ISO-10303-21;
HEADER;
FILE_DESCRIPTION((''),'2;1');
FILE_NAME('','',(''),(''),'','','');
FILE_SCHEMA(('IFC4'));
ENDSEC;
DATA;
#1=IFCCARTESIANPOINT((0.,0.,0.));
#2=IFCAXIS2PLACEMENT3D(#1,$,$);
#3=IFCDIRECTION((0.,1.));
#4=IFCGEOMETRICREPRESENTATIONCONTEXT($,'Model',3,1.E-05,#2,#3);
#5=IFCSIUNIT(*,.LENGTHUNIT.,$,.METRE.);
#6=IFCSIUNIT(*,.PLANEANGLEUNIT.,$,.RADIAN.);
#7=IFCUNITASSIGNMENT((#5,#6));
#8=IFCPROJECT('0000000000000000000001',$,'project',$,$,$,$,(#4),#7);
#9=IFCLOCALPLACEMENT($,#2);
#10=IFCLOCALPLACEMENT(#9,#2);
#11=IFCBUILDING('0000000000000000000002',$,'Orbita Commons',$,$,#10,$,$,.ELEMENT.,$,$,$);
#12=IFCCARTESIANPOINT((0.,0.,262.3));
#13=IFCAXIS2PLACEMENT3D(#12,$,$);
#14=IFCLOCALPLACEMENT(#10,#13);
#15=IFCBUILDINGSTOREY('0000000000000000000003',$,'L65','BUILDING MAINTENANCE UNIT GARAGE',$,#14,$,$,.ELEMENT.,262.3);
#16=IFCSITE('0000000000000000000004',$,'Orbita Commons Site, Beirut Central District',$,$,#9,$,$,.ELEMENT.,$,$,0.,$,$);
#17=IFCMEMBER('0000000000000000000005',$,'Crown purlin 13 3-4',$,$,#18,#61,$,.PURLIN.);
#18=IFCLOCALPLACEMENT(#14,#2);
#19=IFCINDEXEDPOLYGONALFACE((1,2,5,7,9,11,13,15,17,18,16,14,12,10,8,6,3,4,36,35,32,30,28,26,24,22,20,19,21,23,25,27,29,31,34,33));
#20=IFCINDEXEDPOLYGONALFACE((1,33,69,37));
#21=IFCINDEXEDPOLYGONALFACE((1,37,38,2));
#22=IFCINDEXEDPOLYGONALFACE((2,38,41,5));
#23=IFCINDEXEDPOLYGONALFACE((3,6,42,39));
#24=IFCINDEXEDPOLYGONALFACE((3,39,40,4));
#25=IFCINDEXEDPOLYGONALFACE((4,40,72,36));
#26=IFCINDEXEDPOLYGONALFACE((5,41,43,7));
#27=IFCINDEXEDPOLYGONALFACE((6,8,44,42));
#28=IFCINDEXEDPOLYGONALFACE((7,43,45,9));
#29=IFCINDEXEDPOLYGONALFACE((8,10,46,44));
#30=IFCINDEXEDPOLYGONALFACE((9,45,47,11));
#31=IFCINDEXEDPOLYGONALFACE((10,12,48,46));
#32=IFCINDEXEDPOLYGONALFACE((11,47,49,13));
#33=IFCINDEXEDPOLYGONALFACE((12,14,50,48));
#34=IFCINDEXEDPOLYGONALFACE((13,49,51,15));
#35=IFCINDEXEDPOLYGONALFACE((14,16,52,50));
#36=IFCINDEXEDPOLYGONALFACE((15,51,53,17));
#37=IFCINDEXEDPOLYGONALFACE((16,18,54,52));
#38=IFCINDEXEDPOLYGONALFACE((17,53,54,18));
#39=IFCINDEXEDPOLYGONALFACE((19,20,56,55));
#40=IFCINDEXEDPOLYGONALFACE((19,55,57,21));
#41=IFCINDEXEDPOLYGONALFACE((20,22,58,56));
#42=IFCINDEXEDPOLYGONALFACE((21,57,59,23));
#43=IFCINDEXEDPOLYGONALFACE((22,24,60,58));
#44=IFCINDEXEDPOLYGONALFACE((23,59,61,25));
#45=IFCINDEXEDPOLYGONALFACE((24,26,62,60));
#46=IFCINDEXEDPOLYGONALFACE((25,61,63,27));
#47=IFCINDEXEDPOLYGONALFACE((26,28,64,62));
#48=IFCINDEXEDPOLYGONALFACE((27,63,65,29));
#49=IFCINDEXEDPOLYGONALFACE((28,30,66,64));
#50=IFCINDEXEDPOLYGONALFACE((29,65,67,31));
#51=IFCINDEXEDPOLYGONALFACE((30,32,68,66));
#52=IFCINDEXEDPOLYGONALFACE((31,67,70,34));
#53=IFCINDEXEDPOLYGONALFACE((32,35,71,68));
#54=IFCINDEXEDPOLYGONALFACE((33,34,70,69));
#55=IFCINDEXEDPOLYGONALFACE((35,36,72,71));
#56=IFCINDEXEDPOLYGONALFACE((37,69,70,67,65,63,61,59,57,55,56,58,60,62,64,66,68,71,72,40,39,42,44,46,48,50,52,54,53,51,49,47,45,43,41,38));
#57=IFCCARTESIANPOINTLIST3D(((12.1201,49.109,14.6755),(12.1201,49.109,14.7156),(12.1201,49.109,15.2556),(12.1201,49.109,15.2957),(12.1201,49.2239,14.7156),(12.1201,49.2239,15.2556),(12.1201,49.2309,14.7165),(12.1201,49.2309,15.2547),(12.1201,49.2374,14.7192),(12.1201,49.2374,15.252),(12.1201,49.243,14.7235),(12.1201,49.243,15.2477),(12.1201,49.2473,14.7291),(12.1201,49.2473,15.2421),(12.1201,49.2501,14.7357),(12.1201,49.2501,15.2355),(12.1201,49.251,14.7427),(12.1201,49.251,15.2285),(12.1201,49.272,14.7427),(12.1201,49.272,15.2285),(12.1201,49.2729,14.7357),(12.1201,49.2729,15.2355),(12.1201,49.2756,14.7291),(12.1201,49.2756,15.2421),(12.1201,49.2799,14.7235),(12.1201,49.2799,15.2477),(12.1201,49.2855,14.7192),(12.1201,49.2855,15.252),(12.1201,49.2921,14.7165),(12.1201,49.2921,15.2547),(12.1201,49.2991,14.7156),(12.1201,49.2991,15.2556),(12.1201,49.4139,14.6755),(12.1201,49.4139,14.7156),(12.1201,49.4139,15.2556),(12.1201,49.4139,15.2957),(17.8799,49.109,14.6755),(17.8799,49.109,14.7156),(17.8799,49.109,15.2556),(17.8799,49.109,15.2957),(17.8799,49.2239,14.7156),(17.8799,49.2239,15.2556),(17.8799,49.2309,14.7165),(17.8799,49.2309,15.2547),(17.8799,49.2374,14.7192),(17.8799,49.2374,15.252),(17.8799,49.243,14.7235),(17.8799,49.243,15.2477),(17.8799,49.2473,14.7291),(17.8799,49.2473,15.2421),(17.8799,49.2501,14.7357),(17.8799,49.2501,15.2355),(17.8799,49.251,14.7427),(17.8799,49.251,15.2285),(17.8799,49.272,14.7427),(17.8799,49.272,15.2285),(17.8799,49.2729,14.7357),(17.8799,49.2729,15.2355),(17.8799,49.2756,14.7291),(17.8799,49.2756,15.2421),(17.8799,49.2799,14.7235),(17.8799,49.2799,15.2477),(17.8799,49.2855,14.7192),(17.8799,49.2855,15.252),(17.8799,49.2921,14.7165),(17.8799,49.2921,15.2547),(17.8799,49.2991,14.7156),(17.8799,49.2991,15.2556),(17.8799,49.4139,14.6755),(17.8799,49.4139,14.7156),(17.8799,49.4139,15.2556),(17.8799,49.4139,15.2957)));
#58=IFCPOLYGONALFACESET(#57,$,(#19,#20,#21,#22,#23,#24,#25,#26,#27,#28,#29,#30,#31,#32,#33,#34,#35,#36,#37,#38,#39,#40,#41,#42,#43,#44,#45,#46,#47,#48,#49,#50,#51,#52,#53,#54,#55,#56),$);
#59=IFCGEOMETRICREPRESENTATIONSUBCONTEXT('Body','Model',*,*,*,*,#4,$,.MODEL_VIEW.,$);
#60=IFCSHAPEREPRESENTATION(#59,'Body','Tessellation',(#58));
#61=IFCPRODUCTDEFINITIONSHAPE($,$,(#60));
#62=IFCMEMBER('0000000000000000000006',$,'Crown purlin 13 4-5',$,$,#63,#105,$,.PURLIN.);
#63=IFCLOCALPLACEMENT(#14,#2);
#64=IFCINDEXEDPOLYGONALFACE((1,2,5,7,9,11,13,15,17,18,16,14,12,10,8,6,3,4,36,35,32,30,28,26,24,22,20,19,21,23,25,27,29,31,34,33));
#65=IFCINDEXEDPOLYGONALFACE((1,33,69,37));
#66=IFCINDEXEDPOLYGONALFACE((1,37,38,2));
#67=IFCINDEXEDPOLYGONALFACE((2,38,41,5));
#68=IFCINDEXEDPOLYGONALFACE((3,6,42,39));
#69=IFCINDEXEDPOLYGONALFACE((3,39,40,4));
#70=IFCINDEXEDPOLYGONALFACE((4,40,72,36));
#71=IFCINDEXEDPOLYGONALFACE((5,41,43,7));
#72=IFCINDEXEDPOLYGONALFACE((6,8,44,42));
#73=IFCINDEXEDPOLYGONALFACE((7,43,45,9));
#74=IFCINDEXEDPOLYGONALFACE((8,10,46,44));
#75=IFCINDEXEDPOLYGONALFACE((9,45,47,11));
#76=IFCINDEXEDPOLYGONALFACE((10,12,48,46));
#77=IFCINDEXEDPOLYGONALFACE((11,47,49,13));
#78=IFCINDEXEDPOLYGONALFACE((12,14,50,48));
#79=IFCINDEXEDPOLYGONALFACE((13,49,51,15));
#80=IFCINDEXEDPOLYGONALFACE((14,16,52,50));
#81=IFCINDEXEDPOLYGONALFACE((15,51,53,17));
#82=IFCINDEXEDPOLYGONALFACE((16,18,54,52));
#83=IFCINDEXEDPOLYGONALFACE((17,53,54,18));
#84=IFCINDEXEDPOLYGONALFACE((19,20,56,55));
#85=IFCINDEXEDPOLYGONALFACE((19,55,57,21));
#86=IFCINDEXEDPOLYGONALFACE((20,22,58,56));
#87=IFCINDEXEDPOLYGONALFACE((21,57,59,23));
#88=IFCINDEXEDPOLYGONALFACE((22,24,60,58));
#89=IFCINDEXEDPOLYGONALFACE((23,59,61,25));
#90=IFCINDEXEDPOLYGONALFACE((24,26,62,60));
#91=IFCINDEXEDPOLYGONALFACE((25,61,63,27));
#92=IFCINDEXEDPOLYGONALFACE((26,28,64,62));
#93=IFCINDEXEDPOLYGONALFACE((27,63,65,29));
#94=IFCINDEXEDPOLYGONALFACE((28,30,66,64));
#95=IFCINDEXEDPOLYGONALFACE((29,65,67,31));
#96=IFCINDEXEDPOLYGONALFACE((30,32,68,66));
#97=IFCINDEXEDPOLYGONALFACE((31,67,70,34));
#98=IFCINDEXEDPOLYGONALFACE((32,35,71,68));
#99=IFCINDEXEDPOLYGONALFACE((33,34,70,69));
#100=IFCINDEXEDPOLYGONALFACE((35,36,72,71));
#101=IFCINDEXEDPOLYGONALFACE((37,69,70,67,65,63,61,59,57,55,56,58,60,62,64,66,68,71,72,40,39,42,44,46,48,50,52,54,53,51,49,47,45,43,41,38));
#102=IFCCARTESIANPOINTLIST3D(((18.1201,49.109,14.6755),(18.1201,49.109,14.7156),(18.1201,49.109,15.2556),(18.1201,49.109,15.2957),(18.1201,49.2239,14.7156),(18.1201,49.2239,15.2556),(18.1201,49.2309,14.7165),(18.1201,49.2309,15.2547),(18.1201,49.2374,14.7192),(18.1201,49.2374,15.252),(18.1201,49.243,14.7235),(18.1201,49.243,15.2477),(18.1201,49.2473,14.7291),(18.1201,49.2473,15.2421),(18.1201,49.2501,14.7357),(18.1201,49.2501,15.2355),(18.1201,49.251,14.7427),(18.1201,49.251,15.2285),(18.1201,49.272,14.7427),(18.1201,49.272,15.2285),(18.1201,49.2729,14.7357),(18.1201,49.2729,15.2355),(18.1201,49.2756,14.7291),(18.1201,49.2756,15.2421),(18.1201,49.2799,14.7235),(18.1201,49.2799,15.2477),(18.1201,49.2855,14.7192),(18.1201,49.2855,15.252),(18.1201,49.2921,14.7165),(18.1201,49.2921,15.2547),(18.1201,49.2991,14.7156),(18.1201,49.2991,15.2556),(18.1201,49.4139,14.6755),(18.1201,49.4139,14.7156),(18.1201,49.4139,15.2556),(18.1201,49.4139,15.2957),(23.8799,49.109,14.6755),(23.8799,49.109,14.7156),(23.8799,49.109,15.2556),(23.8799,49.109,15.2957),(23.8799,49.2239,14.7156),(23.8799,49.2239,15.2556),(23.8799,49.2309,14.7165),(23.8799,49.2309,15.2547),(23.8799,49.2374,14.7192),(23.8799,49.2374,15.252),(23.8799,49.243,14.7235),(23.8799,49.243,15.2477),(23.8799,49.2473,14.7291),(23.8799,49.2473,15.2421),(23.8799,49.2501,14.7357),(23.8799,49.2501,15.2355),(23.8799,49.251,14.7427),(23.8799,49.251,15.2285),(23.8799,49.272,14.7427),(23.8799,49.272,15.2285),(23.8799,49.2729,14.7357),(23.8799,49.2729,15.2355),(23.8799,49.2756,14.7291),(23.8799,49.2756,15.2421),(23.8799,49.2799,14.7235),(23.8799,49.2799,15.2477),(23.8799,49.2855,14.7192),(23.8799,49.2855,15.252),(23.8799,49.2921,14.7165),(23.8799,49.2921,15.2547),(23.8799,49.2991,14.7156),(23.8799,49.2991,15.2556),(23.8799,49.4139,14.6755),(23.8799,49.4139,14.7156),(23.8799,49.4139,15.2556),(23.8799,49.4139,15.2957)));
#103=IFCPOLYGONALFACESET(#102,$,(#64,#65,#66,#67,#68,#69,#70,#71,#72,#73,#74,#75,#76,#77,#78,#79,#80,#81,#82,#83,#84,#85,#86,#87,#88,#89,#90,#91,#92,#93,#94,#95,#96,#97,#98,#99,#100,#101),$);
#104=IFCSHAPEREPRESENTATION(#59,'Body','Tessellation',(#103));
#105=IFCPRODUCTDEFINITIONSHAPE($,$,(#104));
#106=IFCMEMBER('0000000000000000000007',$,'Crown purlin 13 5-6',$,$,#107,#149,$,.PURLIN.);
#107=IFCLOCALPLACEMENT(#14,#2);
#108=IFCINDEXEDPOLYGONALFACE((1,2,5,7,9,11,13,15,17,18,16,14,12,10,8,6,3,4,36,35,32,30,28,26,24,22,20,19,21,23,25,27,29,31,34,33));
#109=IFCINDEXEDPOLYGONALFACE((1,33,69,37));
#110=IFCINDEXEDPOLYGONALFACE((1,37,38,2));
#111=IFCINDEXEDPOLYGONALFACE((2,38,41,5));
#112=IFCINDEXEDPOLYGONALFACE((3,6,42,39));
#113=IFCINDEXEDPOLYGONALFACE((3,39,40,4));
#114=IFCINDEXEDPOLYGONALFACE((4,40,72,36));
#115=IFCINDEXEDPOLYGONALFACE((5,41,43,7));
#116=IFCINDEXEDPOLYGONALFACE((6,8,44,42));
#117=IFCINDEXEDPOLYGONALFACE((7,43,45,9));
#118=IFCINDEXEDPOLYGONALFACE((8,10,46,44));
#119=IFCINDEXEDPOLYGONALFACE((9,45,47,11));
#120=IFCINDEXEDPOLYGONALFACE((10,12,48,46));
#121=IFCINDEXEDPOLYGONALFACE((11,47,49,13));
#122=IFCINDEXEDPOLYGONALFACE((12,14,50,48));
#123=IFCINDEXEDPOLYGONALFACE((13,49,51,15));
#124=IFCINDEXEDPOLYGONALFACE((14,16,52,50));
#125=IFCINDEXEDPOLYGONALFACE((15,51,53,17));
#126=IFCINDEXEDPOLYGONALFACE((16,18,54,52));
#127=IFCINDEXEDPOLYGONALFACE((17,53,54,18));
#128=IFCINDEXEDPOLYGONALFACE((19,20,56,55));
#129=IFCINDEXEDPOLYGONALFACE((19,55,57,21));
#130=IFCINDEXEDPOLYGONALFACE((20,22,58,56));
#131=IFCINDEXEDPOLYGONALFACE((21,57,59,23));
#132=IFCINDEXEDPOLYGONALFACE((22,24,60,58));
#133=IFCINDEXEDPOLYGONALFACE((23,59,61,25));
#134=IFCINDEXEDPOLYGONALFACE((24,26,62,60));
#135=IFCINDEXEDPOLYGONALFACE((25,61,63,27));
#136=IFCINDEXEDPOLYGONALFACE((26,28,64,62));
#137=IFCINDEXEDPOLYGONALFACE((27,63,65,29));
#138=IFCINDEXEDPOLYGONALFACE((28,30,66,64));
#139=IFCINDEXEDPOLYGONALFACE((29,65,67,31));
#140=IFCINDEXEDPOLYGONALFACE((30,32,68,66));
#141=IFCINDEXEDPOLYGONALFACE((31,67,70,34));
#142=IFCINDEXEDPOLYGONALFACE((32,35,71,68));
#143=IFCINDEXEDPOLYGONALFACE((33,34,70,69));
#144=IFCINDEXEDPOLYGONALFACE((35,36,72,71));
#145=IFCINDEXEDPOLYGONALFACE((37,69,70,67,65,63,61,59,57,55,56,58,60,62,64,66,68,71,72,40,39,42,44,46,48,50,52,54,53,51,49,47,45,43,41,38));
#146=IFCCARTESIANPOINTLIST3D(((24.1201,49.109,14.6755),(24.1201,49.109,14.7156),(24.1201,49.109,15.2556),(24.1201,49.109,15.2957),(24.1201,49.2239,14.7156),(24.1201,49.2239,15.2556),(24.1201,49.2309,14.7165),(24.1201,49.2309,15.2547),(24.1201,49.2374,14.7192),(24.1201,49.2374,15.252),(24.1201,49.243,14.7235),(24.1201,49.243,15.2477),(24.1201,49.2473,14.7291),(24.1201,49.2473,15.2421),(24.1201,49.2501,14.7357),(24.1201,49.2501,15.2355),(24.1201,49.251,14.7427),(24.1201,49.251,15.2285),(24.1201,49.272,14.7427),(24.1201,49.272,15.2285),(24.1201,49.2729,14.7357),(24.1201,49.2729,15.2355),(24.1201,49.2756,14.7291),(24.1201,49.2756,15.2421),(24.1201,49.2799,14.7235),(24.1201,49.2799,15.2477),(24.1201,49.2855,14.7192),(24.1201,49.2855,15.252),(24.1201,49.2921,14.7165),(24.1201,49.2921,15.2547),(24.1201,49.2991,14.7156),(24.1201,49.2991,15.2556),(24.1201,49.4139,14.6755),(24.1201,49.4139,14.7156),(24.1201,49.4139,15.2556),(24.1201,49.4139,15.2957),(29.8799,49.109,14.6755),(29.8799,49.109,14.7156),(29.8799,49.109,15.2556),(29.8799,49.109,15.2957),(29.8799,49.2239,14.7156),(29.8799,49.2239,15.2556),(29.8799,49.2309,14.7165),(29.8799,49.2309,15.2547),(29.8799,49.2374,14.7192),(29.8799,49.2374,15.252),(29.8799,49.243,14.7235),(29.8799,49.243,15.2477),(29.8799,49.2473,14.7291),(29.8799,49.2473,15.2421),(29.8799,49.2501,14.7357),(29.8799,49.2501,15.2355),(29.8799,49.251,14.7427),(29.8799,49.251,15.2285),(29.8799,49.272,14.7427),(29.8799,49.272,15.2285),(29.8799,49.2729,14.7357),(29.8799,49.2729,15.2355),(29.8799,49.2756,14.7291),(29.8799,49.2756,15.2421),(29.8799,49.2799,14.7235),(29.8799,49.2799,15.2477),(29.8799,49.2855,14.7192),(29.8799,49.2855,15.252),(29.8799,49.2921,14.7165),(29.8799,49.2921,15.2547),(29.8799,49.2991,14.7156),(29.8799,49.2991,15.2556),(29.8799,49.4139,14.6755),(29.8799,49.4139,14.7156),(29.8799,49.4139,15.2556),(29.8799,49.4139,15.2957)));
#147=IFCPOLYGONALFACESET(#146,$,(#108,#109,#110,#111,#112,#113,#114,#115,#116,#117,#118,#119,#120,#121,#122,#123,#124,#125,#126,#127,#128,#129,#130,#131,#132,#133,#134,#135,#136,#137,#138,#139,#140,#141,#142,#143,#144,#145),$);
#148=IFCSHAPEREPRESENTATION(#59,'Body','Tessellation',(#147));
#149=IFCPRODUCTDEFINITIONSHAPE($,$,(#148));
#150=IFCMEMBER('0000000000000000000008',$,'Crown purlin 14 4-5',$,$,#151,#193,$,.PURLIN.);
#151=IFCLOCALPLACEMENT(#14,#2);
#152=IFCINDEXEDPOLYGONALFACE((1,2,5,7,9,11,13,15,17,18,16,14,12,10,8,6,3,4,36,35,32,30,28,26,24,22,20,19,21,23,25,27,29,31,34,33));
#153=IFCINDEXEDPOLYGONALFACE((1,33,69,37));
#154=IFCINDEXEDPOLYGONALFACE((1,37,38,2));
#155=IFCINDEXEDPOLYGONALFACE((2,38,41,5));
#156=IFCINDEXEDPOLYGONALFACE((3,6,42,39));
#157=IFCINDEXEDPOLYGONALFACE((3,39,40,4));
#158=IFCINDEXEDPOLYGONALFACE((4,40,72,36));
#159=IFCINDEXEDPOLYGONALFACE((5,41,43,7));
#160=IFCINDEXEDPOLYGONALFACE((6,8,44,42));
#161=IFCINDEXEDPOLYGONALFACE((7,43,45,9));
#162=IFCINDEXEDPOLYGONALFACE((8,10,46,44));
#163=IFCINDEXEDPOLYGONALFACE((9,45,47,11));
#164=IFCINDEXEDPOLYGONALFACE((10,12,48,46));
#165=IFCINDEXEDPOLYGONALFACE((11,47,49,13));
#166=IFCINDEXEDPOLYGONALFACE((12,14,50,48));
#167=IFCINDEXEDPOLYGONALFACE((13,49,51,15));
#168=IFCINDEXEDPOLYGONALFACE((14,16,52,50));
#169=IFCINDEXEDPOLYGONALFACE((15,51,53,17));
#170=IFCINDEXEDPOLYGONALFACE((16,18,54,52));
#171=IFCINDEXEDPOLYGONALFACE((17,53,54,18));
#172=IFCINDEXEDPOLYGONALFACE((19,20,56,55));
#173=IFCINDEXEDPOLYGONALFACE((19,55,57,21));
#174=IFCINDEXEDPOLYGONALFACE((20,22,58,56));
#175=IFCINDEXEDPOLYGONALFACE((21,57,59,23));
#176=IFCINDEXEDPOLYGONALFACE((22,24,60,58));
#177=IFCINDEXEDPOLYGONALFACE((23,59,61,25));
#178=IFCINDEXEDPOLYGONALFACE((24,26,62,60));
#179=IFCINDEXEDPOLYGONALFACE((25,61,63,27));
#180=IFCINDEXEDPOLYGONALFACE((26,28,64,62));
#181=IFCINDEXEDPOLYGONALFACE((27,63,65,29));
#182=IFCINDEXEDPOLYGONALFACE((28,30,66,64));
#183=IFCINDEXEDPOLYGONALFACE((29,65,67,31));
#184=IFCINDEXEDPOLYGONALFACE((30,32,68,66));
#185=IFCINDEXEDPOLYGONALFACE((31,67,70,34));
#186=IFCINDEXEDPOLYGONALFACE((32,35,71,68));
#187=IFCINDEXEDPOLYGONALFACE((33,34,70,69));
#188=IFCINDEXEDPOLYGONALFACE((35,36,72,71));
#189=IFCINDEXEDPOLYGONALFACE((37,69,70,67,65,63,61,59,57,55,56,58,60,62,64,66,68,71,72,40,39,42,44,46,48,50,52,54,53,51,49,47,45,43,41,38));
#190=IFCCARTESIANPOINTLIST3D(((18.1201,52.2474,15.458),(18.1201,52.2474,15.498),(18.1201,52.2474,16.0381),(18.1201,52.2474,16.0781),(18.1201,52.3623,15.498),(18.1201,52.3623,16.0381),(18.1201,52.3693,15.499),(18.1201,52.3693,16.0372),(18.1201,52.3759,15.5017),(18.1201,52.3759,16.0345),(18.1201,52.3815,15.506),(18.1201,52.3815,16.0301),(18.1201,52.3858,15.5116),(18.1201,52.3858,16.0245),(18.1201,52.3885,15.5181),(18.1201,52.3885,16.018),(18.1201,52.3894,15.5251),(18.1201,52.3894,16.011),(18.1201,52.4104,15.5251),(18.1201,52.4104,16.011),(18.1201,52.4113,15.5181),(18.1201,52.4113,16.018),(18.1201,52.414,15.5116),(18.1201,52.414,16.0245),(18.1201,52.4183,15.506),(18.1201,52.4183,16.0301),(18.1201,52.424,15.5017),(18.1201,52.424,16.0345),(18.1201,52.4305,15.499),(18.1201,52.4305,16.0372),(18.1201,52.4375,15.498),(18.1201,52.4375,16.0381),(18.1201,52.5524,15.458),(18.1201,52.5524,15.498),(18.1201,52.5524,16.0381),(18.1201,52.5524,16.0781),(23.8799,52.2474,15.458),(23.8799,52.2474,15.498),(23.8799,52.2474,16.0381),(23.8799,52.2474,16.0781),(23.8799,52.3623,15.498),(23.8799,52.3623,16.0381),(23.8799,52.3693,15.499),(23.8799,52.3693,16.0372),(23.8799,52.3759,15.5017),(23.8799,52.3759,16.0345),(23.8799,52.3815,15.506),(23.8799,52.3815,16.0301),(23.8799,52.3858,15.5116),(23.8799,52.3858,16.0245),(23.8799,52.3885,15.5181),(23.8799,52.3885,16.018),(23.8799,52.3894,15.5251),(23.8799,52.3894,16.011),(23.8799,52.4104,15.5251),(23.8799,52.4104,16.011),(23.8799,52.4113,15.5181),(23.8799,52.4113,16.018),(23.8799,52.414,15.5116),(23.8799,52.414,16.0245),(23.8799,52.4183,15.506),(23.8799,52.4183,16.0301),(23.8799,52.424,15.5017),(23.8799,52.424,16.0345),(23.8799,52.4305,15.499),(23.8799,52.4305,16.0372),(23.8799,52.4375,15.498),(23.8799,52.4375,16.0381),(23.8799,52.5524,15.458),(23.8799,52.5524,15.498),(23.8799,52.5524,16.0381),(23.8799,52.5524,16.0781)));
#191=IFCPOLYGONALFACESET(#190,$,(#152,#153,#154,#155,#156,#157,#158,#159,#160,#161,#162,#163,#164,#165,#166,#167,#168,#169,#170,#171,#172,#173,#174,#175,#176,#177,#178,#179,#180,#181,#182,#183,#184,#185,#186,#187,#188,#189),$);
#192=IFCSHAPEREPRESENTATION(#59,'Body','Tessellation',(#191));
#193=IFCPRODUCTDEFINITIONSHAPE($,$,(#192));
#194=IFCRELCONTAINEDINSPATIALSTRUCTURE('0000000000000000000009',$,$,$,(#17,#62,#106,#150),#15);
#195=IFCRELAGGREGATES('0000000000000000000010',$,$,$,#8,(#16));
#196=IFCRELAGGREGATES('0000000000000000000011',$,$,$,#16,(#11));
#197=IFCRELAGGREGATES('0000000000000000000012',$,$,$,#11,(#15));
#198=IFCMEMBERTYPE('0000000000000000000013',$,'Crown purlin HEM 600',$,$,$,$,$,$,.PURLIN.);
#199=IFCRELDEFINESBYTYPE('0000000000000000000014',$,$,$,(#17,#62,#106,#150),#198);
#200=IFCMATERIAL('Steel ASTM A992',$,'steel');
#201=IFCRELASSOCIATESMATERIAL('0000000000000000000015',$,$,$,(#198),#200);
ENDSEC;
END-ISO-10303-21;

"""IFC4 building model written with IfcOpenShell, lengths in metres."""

from ifc_helpers import new_model, si_unit, direction, frame, origin, origin_2d, place, context, subcontext, project, spatial, i_section, extrude, material, material_profile, profile_set, type_object, element, save


model = new_model("IFC4")

# Units and contexts
model_context = context("Model", 3, precision=1e-05, world=origin(), true_north=direction((0.0, 1.0)))
body_context = subcontext(model_context, "Body", "Model", "MODEL_VIEW")
ifc_project = project(units=[si_unit("LENGTHUNIT", "METRE"), si_unit("PLANEANGLEUNIT", "RADIAN")], contexts=[model_context])

# Site, building, storey
site_placement = place(None, origin())
site = spatial("IfcSite", under=ifc_project, at=site_placement, Name="Orbita Commons Site, Beirut Central District", CompositionType="ELEMENT", RefElevation=0.0)
building_placement = place(site_placement, origin())
building = spatial("IfcBuilding", under=site, at=building_placement, Name="Orbita Commons", CompositionType="ELEMENT")
storey_placement = place(building_placement, frame((0.0, 0.0, 262.3)))
storey = spatial("IfcBuildingStorey", under=building, at=storey_placement, Name="L65", Description="BUILDING MAINTENANCE UNIT GARAGE", CompositionType="ELEMENT", Elevation=262.3)

# Members
ifc_material_1 = material(Name="Steel ASTM A992", Category="steel")
ifc_material_profile_1 = material_profile(ifc_material_1, i_section(OverallWidth=0.3049, OverallDepth=0.6201, WebThickness=0.021, FlangeThickness=0.04, FilletRadius=0.0271, at=origin_2d()), Name="HEM 600")
ifc_profile_set_1 = profile_set([ifc_material_profile_1], Name="Steel ASTM A992")
member_type_1 = type_object("IfcMemberType", Name="Crown purlin HEM 600", PredefinedType="PURLIN", material=ifc_profile_set_1)
for number, where, z_axis, x_axis, name in (
    (1, (12.1201, 49.2615, 14.9856), (1.0, 0.0, 0.0), (0.0, 1.0, 0.0), "Crown purlin 13 3-4"),
    (2, (18.1201, 49.2615, 14.9856), (1.0, 0.0, 0.0), (0.0, 1.0, 0.0), "Crown purlin 13 4-5"),
    (3, (24.1201, 49.2615, 14.9856), (1.0, 0.0, 0.0), (0.0, 1.0, 0.0), "Crown purlin 13 5-6"),
    (4, (18.1201, 52.3999, 15.7681), (1.0, 0.0, 0.0), (0.0, 1.0, 0.0), "Crown purlin 14 4-5"),
):
    element("IfcMember", number, at=place(storey_placement, frame(where, z_axis=z_axis, x_axis=x_axis)), inside=storey, type_object=member_type_1, Name=name, PredefinedType="PURLIN", context=body_context, shape_type="SweptSolid", body=[
        extrude(i_section(OverallWidth=0.3049, OverallDepth=0.6201, WebThickness=0.021, FlangeThickness=0.04, FilletRadius=0.0271, at=origin_2d()), origin(), (0.0, 0.0, 1.0), 5.7598),
    ])

save(model, "model.ifc")
